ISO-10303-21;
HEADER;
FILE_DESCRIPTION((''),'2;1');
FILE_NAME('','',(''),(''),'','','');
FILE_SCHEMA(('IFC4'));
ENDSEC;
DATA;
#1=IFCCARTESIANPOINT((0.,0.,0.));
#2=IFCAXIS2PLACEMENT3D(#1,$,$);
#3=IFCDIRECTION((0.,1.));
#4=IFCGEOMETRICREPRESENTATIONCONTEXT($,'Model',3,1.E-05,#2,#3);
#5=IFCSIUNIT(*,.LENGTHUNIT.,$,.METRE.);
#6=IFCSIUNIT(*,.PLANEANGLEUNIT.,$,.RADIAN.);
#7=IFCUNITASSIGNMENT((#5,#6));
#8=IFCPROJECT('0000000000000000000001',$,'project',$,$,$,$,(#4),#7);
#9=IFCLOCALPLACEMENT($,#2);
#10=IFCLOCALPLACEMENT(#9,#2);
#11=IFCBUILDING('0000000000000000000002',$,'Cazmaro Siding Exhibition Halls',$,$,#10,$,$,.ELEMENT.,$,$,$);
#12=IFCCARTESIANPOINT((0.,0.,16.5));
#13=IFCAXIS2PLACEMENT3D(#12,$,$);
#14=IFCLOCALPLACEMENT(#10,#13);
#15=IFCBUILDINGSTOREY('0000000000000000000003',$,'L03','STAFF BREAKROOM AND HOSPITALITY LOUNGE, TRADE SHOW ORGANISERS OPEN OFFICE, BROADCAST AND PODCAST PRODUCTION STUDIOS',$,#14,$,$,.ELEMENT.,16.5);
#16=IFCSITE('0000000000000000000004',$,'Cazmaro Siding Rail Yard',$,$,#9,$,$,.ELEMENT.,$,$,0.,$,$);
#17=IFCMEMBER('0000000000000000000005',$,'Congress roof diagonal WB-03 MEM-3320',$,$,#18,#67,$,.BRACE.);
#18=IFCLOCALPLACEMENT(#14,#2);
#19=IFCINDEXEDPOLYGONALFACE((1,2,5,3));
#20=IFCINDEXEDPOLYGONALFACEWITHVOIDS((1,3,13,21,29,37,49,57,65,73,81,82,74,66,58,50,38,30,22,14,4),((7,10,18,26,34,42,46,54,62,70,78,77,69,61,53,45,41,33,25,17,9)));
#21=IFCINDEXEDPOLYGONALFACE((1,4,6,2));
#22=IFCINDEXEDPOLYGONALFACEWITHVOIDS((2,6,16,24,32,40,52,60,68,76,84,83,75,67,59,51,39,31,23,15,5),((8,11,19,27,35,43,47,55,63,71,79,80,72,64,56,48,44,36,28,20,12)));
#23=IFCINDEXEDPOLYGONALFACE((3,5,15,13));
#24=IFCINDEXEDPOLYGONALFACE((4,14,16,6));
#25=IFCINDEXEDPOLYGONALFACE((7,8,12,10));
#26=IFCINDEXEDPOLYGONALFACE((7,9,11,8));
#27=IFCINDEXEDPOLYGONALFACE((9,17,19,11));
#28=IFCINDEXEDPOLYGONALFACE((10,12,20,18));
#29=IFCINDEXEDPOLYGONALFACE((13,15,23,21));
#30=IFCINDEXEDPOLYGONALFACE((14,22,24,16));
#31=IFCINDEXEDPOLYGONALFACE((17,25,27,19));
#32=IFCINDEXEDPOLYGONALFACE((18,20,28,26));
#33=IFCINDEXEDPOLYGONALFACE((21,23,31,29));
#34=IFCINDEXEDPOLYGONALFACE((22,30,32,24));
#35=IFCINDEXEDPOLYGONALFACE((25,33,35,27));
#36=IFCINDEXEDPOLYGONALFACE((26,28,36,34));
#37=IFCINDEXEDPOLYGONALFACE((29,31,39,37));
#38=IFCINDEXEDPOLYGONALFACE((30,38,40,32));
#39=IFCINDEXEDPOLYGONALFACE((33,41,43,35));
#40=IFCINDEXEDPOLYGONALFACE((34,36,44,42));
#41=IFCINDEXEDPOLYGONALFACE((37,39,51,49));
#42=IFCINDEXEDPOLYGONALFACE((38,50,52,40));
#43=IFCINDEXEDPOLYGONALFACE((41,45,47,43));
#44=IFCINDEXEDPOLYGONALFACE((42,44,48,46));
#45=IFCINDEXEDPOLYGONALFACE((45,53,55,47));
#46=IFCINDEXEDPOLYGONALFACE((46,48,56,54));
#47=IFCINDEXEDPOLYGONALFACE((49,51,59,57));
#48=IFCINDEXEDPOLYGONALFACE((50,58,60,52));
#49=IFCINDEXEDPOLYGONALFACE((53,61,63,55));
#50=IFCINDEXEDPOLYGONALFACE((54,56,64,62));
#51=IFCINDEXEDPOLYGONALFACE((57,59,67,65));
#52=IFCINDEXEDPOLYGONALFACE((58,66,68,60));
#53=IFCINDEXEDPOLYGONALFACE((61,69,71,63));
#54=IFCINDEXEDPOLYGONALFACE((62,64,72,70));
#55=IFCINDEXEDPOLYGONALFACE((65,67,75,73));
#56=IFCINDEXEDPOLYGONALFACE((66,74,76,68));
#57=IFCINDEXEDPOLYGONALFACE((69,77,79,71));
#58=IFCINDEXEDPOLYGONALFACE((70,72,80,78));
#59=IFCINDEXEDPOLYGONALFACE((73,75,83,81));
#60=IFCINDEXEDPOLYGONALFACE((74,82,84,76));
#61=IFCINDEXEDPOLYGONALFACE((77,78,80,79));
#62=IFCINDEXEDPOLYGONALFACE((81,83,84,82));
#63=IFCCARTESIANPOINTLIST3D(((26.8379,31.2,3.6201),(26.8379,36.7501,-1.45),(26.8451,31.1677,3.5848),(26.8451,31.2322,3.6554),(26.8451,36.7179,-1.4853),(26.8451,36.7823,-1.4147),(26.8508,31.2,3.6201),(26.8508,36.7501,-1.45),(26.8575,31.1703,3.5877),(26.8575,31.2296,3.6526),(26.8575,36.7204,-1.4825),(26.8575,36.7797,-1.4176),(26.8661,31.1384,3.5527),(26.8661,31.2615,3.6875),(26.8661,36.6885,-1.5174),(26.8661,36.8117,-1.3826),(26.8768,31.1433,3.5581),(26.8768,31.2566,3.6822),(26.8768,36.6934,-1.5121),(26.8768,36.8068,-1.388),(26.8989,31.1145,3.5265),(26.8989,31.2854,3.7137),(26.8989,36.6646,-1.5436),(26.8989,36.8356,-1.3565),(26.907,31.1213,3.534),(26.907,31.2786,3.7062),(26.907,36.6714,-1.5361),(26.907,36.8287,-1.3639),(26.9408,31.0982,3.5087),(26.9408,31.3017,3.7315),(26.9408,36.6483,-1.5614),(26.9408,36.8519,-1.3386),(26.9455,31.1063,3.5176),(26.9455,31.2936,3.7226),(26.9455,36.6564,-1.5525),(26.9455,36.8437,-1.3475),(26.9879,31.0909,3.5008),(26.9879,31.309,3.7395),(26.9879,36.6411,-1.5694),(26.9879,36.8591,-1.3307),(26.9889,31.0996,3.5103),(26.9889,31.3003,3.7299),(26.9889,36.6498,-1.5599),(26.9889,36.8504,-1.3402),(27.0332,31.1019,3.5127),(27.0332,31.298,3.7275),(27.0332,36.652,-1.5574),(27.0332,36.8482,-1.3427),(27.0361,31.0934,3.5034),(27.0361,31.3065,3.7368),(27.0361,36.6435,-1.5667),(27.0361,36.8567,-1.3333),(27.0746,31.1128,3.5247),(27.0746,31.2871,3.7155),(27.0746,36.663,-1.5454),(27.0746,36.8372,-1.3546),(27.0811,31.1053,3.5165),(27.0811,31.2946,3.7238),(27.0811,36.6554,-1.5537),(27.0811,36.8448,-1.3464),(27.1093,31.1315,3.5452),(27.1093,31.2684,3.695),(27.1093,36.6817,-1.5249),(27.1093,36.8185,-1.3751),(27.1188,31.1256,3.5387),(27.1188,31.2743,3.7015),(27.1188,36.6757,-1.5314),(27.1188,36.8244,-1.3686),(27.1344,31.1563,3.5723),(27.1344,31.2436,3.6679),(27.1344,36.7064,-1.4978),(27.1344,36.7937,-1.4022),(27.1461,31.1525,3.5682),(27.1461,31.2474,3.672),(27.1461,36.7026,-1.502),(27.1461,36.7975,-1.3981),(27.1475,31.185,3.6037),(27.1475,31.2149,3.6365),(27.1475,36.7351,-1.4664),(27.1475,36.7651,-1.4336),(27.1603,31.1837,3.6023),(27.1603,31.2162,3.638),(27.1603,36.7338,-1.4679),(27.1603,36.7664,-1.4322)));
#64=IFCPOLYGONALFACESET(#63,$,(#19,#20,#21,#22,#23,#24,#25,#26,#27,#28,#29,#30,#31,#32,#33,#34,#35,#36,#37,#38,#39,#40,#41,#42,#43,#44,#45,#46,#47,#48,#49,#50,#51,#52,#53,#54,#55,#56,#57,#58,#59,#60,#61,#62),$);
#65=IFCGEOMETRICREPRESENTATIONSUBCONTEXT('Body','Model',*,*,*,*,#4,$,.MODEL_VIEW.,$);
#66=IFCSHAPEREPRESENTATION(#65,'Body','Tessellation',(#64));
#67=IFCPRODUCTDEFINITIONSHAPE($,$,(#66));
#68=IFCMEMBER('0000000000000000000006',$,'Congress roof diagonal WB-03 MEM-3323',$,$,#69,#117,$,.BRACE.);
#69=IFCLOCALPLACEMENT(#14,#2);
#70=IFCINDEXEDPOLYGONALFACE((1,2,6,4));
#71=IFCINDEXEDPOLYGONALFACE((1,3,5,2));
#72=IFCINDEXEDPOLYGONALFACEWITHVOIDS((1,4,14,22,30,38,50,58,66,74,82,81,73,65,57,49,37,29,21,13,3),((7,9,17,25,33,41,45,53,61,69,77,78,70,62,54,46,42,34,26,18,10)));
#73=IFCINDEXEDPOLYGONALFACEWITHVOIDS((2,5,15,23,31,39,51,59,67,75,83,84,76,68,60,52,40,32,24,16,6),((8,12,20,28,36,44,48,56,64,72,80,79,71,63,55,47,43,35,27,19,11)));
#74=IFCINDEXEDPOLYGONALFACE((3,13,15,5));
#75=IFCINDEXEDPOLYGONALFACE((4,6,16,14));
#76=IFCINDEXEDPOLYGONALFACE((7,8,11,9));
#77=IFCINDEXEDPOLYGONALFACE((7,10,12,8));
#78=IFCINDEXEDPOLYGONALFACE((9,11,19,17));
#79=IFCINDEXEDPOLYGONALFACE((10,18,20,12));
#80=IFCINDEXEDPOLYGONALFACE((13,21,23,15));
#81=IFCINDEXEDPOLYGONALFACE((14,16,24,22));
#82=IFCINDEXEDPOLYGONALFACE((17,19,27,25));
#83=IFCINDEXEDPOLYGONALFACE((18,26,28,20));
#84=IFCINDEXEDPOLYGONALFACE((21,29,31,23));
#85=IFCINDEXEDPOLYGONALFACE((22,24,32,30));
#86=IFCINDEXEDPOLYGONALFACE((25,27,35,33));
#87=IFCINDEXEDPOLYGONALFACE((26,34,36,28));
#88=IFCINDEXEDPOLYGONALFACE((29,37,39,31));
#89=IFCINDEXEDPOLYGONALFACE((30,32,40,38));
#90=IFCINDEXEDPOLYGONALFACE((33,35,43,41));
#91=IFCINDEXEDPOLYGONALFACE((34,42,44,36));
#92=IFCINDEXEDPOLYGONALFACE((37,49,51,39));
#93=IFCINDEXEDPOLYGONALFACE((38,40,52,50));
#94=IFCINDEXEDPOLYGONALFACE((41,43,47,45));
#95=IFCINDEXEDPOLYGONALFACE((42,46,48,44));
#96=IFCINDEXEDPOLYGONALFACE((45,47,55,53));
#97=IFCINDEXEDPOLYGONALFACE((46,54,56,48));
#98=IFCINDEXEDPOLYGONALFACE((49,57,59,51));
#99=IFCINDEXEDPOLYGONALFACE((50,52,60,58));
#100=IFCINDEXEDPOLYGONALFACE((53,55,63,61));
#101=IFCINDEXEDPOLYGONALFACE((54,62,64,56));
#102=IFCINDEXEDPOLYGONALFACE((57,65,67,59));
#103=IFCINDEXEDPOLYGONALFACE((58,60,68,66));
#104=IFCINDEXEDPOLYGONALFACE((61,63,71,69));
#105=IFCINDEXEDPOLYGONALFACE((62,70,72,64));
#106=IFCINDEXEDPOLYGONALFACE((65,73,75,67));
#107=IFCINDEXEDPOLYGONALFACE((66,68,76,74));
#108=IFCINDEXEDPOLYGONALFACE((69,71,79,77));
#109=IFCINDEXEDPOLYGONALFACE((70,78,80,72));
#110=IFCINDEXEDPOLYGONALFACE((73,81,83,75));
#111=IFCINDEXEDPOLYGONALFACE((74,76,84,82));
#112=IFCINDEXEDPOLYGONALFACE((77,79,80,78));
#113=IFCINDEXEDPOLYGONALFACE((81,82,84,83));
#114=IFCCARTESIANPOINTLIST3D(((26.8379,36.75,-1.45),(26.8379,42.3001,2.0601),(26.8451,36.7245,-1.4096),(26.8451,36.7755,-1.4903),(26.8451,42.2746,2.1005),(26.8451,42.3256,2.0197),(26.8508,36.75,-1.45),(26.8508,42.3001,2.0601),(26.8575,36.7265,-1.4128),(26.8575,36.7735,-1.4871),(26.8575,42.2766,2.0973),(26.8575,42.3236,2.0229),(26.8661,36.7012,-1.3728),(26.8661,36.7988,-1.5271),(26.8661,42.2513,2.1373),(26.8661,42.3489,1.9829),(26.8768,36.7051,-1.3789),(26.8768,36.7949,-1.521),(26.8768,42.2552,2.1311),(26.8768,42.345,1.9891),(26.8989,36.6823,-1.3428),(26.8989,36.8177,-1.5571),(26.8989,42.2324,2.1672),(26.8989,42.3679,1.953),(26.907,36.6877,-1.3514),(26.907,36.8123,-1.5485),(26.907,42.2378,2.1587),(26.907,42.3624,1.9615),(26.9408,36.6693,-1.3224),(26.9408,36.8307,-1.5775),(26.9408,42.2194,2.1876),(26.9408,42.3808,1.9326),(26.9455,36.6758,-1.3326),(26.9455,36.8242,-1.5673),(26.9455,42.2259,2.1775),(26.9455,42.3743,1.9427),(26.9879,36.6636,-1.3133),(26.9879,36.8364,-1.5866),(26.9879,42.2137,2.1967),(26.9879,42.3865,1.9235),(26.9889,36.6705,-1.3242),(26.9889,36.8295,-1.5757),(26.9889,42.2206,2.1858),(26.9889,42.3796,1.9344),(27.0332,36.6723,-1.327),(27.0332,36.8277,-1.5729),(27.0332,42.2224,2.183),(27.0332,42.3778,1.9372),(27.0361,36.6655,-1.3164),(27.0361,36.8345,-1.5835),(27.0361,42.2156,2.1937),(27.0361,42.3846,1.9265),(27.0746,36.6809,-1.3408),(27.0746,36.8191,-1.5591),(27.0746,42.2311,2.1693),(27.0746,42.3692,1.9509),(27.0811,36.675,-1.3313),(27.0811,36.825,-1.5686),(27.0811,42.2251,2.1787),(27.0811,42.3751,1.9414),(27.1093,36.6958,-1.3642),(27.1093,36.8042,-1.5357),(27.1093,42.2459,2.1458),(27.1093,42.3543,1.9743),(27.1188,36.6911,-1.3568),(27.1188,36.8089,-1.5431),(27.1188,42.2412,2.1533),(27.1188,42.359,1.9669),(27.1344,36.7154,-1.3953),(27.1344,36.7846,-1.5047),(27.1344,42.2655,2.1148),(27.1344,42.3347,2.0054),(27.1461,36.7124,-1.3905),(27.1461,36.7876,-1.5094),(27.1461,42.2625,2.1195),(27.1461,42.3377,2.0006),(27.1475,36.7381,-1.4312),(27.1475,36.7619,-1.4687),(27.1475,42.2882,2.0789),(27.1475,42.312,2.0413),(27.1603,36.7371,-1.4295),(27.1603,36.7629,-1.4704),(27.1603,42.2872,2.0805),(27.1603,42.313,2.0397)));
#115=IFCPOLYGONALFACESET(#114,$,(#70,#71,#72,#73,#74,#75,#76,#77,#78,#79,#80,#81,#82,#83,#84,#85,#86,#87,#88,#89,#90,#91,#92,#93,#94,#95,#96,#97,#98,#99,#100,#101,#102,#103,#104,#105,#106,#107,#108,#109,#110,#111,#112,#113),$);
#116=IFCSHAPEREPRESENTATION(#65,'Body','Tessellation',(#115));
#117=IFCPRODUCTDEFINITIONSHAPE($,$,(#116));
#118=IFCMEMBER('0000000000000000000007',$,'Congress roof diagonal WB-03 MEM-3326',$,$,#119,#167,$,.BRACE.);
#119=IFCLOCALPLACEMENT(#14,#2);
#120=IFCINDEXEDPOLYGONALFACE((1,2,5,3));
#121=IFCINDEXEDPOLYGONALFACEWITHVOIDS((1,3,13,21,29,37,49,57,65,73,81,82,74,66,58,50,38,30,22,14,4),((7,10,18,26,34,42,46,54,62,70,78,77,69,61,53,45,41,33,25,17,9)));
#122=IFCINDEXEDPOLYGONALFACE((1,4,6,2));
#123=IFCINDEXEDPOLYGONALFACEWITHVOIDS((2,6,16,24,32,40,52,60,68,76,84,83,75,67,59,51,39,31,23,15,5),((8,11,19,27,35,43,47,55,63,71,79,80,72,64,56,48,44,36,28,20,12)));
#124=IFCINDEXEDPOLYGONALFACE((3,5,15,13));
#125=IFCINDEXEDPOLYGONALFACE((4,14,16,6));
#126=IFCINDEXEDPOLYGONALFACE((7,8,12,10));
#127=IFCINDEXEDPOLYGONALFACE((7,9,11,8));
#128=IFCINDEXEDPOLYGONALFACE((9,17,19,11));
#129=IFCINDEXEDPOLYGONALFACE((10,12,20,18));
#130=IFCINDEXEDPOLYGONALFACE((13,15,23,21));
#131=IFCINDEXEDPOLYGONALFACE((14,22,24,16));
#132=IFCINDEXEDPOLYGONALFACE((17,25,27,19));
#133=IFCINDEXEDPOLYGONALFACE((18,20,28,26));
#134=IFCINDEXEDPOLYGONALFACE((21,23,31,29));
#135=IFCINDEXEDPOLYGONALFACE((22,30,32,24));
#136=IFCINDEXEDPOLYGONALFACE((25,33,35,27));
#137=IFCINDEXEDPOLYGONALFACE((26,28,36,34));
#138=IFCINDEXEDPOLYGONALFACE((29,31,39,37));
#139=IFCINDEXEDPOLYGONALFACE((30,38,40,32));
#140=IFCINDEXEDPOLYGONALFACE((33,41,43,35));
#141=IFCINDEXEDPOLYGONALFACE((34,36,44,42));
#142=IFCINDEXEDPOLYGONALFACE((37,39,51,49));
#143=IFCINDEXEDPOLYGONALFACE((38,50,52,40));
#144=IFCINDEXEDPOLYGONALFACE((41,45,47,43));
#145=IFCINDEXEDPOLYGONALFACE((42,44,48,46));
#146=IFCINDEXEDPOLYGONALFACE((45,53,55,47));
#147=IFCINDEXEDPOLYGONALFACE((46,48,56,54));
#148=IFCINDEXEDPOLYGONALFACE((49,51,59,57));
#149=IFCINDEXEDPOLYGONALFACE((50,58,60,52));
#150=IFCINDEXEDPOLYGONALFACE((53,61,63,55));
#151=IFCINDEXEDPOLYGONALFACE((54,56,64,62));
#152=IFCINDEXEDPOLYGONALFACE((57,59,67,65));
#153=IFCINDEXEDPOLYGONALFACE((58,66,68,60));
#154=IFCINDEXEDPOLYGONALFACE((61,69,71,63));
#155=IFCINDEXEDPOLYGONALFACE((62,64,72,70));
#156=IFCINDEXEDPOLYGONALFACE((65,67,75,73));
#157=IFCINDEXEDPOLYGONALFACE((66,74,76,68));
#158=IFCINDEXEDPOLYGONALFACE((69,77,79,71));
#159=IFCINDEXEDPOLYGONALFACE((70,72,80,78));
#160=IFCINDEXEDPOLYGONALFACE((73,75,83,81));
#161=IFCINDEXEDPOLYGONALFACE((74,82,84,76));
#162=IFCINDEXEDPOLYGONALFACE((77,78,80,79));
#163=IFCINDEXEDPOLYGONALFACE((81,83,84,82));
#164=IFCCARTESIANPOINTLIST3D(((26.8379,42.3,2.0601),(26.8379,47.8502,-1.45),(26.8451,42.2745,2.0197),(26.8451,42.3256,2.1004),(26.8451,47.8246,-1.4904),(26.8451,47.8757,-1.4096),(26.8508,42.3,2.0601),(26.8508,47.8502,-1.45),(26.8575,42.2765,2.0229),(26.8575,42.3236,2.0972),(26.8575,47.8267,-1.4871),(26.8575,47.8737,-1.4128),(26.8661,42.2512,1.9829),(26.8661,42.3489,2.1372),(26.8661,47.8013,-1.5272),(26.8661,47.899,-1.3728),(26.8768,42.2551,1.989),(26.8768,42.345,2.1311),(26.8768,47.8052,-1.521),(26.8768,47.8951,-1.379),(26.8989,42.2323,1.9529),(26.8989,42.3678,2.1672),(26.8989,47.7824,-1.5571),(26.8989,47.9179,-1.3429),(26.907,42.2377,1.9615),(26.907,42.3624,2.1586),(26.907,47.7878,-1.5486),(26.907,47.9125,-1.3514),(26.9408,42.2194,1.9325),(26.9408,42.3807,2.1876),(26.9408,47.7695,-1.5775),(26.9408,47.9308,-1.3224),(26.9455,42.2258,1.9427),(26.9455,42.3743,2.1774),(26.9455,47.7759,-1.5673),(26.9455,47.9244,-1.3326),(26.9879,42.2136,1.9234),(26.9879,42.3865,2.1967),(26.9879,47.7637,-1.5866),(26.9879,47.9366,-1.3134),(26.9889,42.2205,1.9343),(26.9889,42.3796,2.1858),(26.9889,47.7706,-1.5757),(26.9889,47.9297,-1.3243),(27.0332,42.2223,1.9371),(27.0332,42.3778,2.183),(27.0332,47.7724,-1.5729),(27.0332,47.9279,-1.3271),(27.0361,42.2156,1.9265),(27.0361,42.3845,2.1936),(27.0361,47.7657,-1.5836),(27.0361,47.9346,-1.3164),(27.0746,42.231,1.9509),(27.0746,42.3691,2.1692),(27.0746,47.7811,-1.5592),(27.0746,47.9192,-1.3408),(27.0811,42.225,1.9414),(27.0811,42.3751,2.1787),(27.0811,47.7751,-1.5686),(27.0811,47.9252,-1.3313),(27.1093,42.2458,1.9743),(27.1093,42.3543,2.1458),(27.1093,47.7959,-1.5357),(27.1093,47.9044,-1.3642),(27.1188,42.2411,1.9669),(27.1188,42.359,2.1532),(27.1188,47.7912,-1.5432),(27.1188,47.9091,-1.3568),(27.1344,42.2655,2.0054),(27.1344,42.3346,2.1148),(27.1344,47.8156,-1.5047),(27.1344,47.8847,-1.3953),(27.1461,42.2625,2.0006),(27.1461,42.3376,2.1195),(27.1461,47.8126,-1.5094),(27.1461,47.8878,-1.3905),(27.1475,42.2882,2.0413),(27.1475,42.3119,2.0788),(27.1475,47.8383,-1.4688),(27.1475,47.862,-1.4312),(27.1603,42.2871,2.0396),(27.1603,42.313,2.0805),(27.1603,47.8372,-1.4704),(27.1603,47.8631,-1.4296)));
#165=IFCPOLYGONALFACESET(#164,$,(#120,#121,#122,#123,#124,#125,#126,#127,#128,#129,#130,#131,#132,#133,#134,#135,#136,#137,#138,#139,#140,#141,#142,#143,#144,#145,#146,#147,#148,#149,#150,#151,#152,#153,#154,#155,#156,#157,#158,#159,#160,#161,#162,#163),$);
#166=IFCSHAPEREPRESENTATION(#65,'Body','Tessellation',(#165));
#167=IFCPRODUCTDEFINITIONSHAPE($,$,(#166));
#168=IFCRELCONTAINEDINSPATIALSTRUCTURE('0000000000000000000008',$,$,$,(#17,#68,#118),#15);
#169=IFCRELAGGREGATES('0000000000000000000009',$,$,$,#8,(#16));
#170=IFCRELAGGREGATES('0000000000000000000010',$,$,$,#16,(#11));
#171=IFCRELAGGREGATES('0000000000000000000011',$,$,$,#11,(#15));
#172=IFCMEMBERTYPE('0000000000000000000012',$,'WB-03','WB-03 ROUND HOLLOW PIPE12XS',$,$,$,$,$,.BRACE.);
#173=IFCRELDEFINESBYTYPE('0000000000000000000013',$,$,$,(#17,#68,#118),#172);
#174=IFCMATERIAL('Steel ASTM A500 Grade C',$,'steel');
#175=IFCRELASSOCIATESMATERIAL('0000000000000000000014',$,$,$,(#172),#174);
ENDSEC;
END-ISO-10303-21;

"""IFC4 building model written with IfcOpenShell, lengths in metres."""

from ifc_helpers import new_model, si_unit, direction, frame, origin, origin_2d, place, context, subcontext, project, spatial, hollow_circle, extrude, material, material_profile, profile_set, type_object, element, save


model = new_model("IFC4")

# Units and contexts
model_context = context("Model", 3, precision=1e-05, world=origin(), true_north=direction((0.0, 1.0)))
body_context = subcontext(model_context, "Body", "Model", "MODEL_VIEW")
ifc_project = project(units=[si_unit("LENGTHUNIT", "METRE"), si_unit("PLANEANGLEUNIT", "RADIAN")], contexts=[model_context])

# Site, building, storey
site_placement = place(None, origin())
site = spatial("IfcSite", under=ifc_project, at=site_placement, Name="Cazmaro Siding Rail Yard", CompositionType="ELEMENT", RefElevation=0.0)
building_placement = place(site_placement, origin())
building = spatial("IfcBuilding", under=site, at=building_placement, Name="Cazmaro Siding Exhibition Halls", CompositionType="ELEMENT")
storey_placement = place(building_placement, frame((0.0, 0.0, 16.5)))
storey = spatial("IfcBuildingStorey", under=building, at=storey_placement, Name="L03", Description="STAFF BREAKROOM AND HOSPITALITY LOUNGE, TRADE SHOW ORGANISERS OPEN OFFICE, BROADCAST AND PODCAST PRODUCTION STUDIOS", CompositionType="ELEMENT", Elevation=16.5)

# Members
ifc_material_1 = material(Name="Steel ASTM A500 Grade C", Category="steel")
ifc_material_profile_1 = material_profile(ifc_material_1, hollow_circle(Radius=0.1621, WallThickness=0.0129, at=origin_2d()), Name="PIPE12XS")
ifc_profile_set_1 = profile_set([ifc_material_profile_1], Name="Steel ASTM A500 Grade C")
member_type_1 = type_object("IfcMemberType", Name="WB-03", Description="WB-03 ROUND HOLLOW PIPE12XS", PredefinedType="BRACE", material=ifc_profile_set_1)
member_1_placement = place(storey_placement, frame((27.0, 31.2, 3.6201), z_axis=(0.0, 0.738311, -0.67446), x_axis=(-1.0, 0.0, 0.0)))
element("IfcMember", 1, at=member_1_placement, inside=storey, type_object=member_type_1, Name="Congress roof diagonal WB-03 MEM-3320", PredefinedType="BRACE", context=body_context, shape_type="SweptSolid", body=[
    extrude(hollow_circle(Radius=0.1621, WallThickness=0.0129, at=origin_2d()), origin(), (0.0, 0.0, 1.0), 7.5173),
])
for number, where, z_axis, x_axis, name in (
    (2, (27.0, 36.75, -1.45), (0.0, 0.845165, 0.534506), (-1.0, 0.0, 0.0), "Congress roof diagonal WB-03 MEM-3323"),
    (3, (27.0, 42.3, 2.0601), (0.0, 0.845165, -0.534506), (-1.0, 0.0, 0.0), "Congress roof diagonal WB-03 MEM-3326"),
):
    element("IfcMember", number, at=place(storey_placement, frame(where, z_axis=z_axis, x_axis=x_axis)), inside=storey, type_object=member_type_1, Name=name, PredefinedType="BRACE", context=body_context, shape_type="SweptSolid", body=[
        extrude(hollow_circle(Radius=0.1621, WallThickness=0.0129, at=origin_2d()), origin(), (0.0, 0.0, 1.0), 6.5669),
    ])

save(model, "model.ifc")
